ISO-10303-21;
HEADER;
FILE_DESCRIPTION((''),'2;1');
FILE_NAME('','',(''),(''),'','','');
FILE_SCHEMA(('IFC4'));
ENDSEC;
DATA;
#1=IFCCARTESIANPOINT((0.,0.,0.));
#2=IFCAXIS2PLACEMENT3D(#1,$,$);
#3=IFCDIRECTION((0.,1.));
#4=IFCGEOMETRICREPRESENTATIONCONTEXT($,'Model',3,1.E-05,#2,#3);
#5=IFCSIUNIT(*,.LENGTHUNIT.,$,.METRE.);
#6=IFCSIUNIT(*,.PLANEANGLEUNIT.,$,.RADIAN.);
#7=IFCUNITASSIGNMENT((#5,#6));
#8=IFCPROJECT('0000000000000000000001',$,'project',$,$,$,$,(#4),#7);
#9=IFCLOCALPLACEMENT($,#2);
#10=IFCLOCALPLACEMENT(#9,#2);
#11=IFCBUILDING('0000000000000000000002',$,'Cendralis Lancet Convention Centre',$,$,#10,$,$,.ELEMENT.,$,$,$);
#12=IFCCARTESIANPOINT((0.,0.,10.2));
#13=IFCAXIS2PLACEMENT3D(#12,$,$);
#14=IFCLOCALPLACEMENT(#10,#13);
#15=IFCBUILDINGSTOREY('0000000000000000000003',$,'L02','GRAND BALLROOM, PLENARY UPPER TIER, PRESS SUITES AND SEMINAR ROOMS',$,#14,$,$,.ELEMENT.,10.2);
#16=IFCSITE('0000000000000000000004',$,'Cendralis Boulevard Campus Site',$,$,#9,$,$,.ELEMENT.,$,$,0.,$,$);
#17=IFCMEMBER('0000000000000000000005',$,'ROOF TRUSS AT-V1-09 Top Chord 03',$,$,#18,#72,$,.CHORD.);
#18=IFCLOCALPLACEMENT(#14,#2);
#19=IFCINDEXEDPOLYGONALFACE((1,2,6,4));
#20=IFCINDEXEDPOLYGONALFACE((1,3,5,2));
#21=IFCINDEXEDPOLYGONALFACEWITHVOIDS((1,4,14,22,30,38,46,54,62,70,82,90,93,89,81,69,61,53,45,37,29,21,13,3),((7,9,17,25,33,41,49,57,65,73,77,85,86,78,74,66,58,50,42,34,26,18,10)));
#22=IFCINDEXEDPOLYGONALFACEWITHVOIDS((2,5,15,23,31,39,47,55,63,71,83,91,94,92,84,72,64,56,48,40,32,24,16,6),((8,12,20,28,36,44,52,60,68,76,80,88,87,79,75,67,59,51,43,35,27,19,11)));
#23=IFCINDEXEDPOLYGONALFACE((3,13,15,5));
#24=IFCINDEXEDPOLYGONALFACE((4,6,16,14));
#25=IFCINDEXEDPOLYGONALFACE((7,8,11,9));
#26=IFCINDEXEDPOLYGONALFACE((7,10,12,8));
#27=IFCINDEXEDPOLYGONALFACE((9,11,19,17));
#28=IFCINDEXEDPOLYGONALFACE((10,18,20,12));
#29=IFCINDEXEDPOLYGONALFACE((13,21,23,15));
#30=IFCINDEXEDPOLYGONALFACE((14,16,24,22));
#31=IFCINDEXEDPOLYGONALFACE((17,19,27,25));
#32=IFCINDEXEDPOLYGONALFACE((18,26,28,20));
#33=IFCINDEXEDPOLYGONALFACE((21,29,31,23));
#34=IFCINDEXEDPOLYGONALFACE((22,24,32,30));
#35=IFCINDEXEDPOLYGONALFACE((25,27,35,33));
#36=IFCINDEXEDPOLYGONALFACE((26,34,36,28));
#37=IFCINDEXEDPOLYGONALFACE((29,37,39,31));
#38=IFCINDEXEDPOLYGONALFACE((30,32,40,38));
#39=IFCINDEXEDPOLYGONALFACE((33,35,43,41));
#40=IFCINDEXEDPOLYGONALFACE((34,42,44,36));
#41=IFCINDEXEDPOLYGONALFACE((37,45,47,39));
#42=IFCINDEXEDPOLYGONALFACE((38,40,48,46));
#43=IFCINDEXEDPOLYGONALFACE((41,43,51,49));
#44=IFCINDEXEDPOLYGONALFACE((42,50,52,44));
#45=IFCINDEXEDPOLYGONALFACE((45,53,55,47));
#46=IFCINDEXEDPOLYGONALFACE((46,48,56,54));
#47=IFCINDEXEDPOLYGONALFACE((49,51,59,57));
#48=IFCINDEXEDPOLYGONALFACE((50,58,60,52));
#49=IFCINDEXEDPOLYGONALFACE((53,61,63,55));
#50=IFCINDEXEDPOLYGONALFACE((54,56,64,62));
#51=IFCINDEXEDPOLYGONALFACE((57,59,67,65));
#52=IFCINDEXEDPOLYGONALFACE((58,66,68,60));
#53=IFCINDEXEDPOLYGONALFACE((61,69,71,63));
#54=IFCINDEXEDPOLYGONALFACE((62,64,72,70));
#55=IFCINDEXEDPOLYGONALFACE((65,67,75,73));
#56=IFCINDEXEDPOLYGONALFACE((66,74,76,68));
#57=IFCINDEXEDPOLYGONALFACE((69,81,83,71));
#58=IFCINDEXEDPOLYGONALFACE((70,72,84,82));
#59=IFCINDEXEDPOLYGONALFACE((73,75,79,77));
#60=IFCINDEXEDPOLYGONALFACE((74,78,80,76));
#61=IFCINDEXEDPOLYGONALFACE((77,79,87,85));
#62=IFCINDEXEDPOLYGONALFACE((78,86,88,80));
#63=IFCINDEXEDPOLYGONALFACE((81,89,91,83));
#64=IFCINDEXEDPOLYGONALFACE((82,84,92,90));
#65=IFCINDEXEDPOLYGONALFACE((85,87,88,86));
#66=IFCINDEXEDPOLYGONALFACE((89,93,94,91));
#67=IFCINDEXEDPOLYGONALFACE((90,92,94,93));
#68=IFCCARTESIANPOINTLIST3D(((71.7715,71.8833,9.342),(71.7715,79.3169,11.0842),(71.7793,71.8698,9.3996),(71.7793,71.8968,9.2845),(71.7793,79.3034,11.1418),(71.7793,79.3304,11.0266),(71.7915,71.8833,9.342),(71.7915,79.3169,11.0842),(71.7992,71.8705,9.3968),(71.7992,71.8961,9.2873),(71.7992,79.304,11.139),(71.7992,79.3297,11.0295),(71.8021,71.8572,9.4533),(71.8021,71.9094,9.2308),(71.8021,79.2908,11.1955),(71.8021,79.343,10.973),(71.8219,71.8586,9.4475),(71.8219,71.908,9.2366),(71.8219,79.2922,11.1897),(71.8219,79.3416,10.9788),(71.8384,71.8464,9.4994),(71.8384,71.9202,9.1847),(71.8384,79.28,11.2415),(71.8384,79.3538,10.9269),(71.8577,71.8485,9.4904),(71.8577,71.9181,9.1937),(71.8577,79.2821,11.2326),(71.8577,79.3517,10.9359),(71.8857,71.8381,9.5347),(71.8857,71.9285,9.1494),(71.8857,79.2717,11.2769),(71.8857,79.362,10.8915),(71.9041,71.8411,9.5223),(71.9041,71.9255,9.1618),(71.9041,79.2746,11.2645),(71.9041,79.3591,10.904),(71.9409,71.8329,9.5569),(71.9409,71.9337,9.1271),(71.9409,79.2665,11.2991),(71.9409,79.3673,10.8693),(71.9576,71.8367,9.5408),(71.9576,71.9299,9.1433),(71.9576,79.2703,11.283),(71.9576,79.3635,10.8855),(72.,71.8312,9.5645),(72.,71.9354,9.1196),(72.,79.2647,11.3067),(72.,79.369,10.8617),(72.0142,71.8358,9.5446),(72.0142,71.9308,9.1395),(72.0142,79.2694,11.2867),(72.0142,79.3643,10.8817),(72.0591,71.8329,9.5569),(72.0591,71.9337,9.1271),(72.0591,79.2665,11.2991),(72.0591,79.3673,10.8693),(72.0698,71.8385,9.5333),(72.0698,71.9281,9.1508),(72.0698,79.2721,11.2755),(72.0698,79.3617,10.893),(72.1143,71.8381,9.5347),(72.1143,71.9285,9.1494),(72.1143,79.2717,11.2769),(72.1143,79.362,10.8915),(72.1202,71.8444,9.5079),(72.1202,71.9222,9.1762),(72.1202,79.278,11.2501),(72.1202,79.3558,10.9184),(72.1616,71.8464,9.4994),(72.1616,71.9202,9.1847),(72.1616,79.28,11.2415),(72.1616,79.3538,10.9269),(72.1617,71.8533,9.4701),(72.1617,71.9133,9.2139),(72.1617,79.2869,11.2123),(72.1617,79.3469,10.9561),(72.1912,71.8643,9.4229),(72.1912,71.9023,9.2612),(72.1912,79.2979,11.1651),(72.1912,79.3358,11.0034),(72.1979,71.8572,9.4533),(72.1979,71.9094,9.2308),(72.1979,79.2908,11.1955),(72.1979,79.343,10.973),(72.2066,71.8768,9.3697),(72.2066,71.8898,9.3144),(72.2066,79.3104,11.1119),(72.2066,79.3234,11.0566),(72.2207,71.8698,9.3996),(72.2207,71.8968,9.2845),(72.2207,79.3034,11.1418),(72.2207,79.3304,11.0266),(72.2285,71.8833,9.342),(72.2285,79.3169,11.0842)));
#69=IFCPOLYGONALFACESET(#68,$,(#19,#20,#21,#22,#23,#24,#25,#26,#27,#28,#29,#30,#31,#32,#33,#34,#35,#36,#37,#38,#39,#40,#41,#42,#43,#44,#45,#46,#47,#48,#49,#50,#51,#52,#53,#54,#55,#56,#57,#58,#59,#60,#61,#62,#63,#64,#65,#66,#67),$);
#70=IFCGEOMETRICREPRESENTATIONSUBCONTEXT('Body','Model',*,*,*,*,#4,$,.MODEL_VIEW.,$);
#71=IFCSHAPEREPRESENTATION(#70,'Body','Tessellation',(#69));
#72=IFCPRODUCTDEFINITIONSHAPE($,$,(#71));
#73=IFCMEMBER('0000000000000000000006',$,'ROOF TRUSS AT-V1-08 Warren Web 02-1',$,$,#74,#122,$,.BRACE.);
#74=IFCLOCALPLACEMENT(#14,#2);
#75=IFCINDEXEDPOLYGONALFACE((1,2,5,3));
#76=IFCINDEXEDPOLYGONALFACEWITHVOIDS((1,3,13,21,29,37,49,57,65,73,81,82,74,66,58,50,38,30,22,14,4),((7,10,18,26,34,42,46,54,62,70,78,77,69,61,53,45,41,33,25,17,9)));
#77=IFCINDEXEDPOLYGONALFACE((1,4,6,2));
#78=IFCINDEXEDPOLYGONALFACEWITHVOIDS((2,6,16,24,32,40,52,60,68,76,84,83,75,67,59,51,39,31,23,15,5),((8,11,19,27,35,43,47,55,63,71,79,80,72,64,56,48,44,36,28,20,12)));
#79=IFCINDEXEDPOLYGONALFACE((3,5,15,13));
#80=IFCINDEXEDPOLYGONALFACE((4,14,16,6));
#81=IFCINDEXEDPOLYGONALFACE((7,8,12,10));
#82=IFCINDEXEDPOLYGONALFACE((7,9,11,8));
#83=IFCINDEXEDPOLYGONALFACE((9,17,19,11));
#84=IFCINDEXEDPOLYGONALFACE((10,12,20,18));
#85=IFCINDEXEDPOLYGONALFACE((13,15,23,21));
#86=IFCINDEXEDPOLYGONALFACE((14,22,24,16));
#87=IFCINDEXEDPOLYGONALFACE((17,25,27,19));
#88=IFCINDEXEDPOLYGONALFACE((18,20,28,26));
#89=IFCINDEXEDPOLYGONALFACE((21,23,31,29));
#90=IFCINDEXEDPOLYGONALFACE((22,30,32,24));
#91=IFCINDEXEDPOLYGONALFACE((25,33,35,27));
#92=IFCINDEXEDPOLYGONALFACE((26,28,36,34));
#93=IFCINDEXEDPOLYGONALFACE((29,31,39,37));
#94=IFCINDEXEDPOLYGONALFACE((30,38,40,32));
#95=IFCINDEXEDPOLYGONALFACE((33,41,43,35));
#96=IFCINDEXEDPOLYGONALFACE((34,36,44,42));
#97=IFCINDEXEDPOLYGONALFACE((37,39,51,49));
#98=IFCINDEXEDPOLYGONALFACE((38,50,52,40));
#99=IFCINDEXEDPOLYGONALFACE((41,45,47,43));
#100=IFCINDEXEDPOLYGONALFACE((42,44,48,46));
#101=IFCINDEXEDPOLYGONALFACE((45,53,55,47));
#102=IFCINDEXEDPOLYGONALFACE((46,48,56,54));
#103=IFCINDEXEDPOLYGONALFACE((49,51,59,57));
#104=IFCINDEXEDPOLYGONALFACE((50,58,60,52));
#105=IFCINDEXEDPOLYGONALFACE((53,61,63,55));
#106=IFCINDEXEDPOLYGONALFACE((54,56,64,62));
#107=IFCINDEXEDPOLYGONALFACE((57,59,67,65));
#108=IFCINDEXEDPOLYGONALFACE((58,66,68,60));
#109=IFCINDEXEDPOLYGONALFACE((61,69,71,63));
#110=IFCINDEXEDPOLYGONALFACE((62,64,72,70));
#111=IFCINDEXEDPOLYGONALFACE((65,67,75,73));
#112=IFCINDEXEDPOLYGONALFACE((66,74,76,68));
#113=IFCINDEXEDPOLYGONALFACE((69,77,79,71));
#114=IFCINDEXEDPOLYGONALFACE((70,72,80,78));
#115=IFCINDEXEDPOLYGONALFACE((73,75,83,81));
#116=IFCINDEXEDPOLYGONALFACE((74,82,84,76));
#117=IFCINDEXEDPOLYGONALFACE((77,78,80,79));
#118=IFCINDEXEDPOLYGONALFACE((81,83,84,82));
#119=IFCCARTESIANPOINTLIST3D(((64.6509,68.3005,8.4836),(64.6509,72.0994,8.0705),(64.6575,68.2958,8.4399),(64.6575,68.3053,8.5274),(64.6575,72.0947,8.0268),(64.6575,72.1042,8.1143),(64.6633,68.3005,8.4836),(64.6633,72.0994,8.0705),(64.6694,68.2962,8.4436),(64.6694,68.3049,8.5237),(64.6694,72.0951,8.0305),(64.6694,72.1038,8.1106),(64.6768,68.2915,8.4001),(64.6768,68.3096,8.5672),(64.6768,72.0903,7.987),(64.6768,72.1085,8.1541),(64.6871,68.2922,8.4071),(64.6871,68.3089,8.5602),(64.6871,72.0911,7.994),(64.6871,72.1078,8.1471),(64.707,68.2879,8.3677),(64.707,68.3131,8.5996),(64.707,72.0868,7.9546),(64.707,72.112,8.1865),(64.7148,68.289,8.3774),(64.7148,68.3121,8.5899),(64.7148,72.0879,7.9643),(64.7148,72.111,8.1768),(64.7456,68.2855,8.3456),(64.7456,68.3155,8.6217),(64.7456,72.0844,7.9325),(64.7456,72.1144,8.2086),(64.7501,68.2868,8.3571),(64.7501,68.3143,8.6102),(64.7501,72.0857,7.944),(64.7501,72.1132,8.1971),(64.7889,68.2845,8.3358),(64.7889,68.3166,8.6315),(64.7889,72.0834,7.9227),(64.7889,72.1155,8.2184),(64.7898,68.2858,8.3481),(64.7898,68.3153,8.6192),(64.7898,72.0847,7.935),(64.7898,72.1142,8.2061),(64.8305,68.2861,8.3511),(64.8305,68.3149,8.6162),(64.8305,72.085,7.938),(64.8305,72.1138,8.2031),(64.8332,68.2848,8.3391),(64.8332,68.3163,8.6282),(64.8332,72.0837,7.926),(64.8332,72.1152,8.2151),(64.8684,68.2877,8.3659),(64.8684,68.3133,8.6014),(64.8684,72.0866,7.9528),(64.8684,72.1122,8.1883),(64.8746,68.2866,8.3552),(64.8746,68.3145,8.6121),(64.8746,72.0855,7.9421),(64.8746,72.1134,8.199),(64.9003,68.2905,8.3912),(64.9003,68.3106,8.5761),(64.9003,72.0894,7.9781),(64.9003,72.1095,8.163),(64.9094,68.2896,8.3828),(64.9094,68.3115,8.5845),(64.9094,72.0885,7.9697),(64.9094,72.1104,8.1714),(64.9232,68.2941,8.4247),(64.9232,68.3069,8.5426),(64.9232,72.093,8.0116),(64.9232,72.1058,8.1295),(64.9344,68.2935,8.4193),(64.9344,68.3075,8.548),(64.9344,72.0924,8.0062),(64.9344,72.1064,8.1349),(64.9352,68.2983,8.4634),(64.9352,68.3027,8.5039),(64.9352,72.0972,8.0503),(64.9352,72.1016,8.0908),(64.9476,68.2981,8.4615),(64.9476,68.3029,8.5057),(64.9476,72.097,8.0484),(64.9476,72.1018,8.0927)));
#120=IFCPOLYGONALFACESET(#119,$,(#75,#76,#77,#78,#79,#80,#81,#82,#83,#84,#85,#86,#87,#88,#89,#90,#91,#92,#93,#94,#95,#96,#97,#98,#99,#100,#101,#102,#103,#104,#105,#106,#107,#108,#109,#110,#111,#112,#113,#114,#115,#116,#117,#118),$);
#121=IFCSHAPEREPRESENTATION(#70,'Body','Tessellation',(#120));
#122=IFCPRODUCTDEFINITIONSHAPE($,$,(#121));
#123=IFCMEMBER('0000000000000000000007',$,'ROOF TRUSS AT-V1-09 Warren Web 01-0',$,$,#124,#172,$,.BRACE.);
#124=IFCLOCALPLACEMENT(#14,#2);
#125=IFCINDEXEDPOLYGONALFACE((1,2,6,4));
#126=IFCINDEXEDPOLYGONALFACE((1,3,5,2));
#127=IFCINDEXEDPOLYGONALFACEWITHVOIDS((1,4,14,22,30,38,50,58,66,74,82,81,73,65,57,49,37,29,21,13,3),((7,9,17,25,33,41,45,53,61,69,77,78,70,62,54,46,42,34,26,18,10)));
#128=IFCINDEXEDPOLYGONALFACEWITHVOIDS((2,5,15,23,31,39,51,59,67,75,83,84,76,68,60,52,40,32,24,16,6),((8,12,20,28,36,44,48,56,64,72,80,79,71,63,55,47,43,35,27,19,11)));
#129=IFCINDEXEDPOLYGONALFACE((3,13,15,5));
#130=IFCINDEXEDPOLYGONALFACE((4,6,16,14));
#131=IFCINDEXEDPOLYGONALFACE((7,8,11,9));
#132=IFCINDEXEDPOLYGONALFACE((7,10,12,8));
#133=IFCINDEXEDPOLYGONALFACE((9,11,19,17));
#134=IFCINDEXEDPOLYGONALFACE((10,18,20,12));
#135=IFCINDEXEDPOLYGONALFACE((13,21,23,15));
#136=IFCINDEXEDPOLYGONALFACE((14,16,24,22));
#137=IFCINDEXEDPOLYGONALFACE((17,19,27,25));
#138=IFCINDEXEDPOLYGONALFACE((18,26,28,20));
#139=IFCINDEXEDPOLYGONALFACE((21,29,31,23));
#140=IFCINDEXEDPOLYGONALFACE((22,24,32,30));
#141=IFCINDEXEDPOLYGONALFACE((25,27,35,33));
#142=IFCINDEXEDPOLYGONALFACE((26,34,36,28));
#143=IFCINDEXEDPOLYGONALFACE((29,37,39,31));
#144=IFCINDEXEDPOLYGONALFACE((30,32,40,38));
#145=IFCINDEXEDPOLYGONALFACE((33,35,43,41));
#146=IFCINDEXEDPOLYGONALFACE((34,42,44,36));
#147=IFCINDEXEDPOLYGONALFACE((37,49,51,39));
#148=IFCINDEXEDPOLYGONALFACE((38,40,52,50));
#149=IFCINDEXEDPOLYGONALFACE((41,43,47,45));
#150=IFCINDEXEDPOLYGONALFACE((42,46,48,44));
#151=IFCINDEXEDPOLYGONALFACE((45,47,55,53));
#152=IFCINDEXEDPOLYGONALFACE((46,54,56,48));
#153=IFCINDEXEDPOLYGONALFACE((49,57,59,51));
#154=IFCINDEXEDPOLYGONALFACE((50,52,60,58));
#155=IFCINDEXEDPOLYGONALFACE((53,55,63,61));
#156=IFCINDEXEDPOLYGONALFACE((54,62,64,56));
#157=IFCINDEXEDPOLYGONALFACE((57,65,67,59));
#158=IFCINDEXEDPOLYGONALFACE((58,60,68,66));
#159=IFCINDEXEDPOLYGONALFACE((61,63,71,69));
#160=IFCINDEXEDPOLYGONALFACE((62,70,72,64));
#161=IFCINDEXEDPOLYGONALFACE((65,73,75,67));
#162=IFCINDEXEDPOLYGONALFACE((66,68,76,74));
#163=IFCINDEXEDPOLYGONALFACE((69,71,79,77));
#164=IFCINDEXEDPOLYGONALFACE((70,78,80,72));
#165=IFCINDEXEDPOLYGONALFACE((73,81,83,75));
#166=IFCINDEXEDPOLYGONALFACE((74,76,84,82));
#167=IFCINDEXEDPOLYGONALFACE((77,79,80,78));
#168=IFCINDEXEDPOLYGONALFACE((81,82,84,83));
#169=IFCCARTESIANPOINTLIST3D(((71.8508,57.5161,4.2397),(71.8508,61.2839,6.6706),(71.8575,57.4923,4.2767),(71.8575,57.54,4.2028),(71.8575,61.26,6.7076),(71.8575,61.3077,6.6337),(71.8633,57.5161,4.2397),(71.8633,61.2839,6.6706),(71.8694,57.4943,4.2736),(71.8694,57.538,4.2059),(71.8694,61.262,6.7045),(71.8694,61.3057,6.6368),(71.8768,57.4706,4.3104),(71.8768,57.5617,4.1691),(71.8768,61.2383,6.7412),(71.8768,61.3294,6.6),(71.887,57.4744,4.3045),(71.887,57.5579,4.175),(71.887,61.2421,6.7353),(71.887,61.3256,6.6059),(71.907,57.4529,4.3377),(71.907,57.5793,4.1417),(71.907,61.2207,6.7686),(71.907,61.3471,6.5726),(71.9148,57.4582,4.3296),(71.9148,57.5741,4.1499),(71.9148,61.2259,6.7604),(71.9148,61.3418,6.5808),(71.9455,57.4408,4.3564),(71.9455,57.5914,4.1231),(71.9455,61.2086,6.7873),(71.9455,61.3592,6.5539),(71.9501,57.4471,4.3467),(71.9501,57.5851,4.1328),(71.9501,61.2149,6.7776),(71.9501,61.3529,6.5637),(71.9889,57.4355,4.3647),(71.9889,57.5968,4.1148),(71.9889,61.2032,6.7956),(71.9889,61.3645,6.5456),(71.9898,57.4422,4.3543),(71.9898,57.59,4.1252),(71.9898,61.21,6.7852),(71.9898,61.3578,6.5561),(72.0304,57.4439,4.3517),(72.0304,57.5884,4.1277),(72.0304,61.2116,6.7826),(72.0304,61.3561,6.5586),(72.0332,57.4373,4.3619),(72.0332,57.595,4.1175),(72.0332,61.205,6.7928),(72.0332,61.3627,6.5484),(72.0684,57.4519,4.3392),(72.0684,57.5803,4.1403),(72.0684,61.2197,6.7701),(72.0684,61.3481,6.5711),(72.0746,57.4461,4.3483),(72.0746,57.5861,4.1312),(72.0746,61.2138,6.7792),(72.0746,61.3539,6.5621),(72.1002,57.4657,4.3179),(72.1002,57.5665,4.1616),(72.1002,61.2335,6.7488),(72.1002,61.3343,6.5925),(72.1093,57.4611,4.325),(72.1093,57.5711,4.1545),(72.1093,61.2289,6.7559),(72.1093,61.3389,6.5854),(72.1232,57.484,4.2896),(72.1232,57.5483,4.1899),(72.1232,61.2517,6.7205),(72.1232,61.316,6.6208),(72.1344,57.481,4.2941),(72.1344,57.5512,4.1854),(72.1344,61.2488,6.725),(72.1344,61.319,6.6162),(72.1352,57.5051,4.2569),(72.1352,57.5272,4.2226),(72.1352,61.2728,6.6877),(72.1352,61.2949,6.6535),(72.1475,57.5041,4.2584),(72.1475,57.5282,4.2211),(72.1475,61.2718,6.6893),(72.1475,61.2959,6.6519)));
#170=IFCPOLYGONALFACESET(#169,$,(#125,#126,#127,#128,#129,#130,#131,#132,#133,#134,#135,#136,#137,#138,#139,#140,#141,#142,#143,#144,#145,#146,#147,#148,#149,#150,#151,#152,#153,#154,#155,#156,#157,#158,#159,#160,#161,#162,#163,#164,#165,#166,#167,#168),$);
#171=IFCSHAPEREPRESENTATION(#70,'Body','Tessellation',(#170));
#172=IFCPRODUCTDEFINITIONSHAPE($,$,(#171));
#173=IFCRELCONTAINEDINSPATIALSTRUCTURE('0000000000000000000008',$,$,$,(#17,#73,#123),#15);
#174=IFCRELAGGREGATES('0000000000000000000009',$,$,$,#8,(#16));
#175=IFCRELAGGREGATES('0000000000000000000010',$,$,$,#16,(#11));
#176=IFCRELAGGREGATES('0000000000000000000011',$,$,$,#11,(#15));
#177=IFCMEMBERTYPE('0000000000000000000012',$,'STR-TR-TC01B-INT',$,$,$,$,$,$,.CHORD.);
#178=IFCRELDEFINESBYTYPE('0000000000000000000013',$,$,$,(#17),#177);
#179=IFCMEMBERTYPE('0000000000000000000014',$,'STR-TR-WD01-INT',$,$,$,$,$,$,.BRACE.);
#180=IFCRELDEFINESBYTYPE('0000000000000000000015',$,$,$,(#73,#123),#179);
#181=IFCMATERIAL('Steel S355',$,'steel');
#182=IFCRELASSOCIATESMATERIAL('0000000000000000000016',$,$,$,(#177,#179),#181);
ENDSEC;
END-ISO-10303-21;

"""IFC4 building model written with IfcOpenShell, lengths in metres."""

from ifc_helpers import new_model, si_unit, direction, frame, origin, origin_2d, place, context, subcontext, project, spatial, hollow_circle, extrude, material, material_profile, profile_set, type_object, element, save


model = new_model("IFC4")

# Units and contexts
model_context = context("Model", 3, precision=1e-05, world=origin(), true_north=direction((0.0, 1.0)))
body_context = subcontext(model_context, "Body", "Model", "MODEL_VIEW")
ifc_project = project(units=[si_unit("LENGTHUNIT", "METRE"), si_unit("PLANEANGLEUNIT", "RADIAN")], contexts=[model_context])

# Site, building, storey
site_placement = place(None, origin())
site = spatial("IfcSite", under=ifc_project, at=site_placement, Name="Cendralis Boulevard Campus Site", CompositionType="ELEMENT", RefElevation=0.0)
building_placement = place(site_placement, origin())
building = spatial("IfcBuilding", under=site, at=building_placement, Name="Cendralis Lancet Convention Centre", CompositionType="ELEMENT")
storey_placement = place(building_placement, frame((0.0, 0.0, 10.2)))
storey = spatial("IfcBuildingStorey", under=building, at=storey_placement, Name="L02", Description="GRAND BALLROOM, PLENARY UPPER TIER, PRESS SUITES AND SEMINAR ROOMS", CompositionType="ELEMENT", Elevation=10.2)

# Members
ifc_material = material(Name="Steel S355", Category="steel")
ifc_material_profile_1 = material_profile(ifc_material, hollow_circle(Radius=0.2285, WallThickness=0.02, at=origin_2d()), Name="CHS 457.0x20.0")
ifc_profile_set_1 = profile_set([ifc_material_profile_1], Name="Steel S355")
member_type_1 = type_object("IfcMemberType", Name="STR-TR-TC01B-INT", PredefinedType="CHORD", material=ifc_profile_set_1)
for number, where, z_axis, x_axis, name in (
    (1, (72.0, 71.8833, 9.342), (0.0, 0.973618, 0.228184), (-1.0, 0.0, 0.0), "ROOF TRUSS AT-V1-09 Top Chord 03"),
):
    element("IfcMember", number, at=place(storey_placement, frame(where, z_axis=z_axis, x_axis=x_axis)), inside=storey, type_object=member_type_1, Name=name, PredefinedType="CHORD", context=body_context, shape_type="SweptSolid", body=[
        extrude(hollow_circle(Radius=0.2285, WallThickness=0.02, at=origin_2d()), origin(), (0.0, 0.0, 1.0), 7.635),
    ])
ifc_material_profile_2 = material_profile(ifc_material, hollow_circle(Radius=0.1492, WallThickness=0.0125, at=origin_2d()), Name="CHS 298.5x12.5")
ifc_profile_set_2 = profile_set([ifc_material_profile_2], Name="Steel S355")
member_type_2 = type_object("IfcMemberType", Name="STR-TR-WD01-INT", PredefinedType="BRACE", material=ifc_profile_set_2)
member_1_placement = place(storey_placement, frame((64.8, 68.3005, 8.4836), z_axis=(0.0, 0.99414, -0.108103), x_axis=(-1.0, 0.0, 0.0)))
element("IfcMember", 2, at=member_1_placement, inside=storey, type_object=member_type_2, Name="ROOF TRUSS AT-V1-08 Warren Web 02-1", PredefinedType="BRACE", context=body_context, shape_type="SweptSolid", body=[
    extrude(hollow_circle(Radius=0.1492, WallThickness=0.0125, at=origin_2d()), origin(), (0.0, 0.0, 1.0), 3.8213),
])
member_2_placement = place(storey_placement, frame((72.0, 57.5161, 4.2397), z_axis=(0.0, 0.840291, 0.542136), x_axis=(-1.0, 0.0, 0.0)))
element("IfcMember", 3, at=member_2_placement, inside=storey, type_object=member_type_2, Name="ROOF TRUSS AT-V1-09 Warren Web 01-0", PredefinedType="BRACE", context=body_context, shape_type="SweptSolid", body=[
    extrude(hollow_circle(Radius=0.1492, WallThickness=0.0125, at=origin_2d()), origin(), (0.0, 0.0, 1.0), 4.4839),
])

save(model, "model.ifc")
